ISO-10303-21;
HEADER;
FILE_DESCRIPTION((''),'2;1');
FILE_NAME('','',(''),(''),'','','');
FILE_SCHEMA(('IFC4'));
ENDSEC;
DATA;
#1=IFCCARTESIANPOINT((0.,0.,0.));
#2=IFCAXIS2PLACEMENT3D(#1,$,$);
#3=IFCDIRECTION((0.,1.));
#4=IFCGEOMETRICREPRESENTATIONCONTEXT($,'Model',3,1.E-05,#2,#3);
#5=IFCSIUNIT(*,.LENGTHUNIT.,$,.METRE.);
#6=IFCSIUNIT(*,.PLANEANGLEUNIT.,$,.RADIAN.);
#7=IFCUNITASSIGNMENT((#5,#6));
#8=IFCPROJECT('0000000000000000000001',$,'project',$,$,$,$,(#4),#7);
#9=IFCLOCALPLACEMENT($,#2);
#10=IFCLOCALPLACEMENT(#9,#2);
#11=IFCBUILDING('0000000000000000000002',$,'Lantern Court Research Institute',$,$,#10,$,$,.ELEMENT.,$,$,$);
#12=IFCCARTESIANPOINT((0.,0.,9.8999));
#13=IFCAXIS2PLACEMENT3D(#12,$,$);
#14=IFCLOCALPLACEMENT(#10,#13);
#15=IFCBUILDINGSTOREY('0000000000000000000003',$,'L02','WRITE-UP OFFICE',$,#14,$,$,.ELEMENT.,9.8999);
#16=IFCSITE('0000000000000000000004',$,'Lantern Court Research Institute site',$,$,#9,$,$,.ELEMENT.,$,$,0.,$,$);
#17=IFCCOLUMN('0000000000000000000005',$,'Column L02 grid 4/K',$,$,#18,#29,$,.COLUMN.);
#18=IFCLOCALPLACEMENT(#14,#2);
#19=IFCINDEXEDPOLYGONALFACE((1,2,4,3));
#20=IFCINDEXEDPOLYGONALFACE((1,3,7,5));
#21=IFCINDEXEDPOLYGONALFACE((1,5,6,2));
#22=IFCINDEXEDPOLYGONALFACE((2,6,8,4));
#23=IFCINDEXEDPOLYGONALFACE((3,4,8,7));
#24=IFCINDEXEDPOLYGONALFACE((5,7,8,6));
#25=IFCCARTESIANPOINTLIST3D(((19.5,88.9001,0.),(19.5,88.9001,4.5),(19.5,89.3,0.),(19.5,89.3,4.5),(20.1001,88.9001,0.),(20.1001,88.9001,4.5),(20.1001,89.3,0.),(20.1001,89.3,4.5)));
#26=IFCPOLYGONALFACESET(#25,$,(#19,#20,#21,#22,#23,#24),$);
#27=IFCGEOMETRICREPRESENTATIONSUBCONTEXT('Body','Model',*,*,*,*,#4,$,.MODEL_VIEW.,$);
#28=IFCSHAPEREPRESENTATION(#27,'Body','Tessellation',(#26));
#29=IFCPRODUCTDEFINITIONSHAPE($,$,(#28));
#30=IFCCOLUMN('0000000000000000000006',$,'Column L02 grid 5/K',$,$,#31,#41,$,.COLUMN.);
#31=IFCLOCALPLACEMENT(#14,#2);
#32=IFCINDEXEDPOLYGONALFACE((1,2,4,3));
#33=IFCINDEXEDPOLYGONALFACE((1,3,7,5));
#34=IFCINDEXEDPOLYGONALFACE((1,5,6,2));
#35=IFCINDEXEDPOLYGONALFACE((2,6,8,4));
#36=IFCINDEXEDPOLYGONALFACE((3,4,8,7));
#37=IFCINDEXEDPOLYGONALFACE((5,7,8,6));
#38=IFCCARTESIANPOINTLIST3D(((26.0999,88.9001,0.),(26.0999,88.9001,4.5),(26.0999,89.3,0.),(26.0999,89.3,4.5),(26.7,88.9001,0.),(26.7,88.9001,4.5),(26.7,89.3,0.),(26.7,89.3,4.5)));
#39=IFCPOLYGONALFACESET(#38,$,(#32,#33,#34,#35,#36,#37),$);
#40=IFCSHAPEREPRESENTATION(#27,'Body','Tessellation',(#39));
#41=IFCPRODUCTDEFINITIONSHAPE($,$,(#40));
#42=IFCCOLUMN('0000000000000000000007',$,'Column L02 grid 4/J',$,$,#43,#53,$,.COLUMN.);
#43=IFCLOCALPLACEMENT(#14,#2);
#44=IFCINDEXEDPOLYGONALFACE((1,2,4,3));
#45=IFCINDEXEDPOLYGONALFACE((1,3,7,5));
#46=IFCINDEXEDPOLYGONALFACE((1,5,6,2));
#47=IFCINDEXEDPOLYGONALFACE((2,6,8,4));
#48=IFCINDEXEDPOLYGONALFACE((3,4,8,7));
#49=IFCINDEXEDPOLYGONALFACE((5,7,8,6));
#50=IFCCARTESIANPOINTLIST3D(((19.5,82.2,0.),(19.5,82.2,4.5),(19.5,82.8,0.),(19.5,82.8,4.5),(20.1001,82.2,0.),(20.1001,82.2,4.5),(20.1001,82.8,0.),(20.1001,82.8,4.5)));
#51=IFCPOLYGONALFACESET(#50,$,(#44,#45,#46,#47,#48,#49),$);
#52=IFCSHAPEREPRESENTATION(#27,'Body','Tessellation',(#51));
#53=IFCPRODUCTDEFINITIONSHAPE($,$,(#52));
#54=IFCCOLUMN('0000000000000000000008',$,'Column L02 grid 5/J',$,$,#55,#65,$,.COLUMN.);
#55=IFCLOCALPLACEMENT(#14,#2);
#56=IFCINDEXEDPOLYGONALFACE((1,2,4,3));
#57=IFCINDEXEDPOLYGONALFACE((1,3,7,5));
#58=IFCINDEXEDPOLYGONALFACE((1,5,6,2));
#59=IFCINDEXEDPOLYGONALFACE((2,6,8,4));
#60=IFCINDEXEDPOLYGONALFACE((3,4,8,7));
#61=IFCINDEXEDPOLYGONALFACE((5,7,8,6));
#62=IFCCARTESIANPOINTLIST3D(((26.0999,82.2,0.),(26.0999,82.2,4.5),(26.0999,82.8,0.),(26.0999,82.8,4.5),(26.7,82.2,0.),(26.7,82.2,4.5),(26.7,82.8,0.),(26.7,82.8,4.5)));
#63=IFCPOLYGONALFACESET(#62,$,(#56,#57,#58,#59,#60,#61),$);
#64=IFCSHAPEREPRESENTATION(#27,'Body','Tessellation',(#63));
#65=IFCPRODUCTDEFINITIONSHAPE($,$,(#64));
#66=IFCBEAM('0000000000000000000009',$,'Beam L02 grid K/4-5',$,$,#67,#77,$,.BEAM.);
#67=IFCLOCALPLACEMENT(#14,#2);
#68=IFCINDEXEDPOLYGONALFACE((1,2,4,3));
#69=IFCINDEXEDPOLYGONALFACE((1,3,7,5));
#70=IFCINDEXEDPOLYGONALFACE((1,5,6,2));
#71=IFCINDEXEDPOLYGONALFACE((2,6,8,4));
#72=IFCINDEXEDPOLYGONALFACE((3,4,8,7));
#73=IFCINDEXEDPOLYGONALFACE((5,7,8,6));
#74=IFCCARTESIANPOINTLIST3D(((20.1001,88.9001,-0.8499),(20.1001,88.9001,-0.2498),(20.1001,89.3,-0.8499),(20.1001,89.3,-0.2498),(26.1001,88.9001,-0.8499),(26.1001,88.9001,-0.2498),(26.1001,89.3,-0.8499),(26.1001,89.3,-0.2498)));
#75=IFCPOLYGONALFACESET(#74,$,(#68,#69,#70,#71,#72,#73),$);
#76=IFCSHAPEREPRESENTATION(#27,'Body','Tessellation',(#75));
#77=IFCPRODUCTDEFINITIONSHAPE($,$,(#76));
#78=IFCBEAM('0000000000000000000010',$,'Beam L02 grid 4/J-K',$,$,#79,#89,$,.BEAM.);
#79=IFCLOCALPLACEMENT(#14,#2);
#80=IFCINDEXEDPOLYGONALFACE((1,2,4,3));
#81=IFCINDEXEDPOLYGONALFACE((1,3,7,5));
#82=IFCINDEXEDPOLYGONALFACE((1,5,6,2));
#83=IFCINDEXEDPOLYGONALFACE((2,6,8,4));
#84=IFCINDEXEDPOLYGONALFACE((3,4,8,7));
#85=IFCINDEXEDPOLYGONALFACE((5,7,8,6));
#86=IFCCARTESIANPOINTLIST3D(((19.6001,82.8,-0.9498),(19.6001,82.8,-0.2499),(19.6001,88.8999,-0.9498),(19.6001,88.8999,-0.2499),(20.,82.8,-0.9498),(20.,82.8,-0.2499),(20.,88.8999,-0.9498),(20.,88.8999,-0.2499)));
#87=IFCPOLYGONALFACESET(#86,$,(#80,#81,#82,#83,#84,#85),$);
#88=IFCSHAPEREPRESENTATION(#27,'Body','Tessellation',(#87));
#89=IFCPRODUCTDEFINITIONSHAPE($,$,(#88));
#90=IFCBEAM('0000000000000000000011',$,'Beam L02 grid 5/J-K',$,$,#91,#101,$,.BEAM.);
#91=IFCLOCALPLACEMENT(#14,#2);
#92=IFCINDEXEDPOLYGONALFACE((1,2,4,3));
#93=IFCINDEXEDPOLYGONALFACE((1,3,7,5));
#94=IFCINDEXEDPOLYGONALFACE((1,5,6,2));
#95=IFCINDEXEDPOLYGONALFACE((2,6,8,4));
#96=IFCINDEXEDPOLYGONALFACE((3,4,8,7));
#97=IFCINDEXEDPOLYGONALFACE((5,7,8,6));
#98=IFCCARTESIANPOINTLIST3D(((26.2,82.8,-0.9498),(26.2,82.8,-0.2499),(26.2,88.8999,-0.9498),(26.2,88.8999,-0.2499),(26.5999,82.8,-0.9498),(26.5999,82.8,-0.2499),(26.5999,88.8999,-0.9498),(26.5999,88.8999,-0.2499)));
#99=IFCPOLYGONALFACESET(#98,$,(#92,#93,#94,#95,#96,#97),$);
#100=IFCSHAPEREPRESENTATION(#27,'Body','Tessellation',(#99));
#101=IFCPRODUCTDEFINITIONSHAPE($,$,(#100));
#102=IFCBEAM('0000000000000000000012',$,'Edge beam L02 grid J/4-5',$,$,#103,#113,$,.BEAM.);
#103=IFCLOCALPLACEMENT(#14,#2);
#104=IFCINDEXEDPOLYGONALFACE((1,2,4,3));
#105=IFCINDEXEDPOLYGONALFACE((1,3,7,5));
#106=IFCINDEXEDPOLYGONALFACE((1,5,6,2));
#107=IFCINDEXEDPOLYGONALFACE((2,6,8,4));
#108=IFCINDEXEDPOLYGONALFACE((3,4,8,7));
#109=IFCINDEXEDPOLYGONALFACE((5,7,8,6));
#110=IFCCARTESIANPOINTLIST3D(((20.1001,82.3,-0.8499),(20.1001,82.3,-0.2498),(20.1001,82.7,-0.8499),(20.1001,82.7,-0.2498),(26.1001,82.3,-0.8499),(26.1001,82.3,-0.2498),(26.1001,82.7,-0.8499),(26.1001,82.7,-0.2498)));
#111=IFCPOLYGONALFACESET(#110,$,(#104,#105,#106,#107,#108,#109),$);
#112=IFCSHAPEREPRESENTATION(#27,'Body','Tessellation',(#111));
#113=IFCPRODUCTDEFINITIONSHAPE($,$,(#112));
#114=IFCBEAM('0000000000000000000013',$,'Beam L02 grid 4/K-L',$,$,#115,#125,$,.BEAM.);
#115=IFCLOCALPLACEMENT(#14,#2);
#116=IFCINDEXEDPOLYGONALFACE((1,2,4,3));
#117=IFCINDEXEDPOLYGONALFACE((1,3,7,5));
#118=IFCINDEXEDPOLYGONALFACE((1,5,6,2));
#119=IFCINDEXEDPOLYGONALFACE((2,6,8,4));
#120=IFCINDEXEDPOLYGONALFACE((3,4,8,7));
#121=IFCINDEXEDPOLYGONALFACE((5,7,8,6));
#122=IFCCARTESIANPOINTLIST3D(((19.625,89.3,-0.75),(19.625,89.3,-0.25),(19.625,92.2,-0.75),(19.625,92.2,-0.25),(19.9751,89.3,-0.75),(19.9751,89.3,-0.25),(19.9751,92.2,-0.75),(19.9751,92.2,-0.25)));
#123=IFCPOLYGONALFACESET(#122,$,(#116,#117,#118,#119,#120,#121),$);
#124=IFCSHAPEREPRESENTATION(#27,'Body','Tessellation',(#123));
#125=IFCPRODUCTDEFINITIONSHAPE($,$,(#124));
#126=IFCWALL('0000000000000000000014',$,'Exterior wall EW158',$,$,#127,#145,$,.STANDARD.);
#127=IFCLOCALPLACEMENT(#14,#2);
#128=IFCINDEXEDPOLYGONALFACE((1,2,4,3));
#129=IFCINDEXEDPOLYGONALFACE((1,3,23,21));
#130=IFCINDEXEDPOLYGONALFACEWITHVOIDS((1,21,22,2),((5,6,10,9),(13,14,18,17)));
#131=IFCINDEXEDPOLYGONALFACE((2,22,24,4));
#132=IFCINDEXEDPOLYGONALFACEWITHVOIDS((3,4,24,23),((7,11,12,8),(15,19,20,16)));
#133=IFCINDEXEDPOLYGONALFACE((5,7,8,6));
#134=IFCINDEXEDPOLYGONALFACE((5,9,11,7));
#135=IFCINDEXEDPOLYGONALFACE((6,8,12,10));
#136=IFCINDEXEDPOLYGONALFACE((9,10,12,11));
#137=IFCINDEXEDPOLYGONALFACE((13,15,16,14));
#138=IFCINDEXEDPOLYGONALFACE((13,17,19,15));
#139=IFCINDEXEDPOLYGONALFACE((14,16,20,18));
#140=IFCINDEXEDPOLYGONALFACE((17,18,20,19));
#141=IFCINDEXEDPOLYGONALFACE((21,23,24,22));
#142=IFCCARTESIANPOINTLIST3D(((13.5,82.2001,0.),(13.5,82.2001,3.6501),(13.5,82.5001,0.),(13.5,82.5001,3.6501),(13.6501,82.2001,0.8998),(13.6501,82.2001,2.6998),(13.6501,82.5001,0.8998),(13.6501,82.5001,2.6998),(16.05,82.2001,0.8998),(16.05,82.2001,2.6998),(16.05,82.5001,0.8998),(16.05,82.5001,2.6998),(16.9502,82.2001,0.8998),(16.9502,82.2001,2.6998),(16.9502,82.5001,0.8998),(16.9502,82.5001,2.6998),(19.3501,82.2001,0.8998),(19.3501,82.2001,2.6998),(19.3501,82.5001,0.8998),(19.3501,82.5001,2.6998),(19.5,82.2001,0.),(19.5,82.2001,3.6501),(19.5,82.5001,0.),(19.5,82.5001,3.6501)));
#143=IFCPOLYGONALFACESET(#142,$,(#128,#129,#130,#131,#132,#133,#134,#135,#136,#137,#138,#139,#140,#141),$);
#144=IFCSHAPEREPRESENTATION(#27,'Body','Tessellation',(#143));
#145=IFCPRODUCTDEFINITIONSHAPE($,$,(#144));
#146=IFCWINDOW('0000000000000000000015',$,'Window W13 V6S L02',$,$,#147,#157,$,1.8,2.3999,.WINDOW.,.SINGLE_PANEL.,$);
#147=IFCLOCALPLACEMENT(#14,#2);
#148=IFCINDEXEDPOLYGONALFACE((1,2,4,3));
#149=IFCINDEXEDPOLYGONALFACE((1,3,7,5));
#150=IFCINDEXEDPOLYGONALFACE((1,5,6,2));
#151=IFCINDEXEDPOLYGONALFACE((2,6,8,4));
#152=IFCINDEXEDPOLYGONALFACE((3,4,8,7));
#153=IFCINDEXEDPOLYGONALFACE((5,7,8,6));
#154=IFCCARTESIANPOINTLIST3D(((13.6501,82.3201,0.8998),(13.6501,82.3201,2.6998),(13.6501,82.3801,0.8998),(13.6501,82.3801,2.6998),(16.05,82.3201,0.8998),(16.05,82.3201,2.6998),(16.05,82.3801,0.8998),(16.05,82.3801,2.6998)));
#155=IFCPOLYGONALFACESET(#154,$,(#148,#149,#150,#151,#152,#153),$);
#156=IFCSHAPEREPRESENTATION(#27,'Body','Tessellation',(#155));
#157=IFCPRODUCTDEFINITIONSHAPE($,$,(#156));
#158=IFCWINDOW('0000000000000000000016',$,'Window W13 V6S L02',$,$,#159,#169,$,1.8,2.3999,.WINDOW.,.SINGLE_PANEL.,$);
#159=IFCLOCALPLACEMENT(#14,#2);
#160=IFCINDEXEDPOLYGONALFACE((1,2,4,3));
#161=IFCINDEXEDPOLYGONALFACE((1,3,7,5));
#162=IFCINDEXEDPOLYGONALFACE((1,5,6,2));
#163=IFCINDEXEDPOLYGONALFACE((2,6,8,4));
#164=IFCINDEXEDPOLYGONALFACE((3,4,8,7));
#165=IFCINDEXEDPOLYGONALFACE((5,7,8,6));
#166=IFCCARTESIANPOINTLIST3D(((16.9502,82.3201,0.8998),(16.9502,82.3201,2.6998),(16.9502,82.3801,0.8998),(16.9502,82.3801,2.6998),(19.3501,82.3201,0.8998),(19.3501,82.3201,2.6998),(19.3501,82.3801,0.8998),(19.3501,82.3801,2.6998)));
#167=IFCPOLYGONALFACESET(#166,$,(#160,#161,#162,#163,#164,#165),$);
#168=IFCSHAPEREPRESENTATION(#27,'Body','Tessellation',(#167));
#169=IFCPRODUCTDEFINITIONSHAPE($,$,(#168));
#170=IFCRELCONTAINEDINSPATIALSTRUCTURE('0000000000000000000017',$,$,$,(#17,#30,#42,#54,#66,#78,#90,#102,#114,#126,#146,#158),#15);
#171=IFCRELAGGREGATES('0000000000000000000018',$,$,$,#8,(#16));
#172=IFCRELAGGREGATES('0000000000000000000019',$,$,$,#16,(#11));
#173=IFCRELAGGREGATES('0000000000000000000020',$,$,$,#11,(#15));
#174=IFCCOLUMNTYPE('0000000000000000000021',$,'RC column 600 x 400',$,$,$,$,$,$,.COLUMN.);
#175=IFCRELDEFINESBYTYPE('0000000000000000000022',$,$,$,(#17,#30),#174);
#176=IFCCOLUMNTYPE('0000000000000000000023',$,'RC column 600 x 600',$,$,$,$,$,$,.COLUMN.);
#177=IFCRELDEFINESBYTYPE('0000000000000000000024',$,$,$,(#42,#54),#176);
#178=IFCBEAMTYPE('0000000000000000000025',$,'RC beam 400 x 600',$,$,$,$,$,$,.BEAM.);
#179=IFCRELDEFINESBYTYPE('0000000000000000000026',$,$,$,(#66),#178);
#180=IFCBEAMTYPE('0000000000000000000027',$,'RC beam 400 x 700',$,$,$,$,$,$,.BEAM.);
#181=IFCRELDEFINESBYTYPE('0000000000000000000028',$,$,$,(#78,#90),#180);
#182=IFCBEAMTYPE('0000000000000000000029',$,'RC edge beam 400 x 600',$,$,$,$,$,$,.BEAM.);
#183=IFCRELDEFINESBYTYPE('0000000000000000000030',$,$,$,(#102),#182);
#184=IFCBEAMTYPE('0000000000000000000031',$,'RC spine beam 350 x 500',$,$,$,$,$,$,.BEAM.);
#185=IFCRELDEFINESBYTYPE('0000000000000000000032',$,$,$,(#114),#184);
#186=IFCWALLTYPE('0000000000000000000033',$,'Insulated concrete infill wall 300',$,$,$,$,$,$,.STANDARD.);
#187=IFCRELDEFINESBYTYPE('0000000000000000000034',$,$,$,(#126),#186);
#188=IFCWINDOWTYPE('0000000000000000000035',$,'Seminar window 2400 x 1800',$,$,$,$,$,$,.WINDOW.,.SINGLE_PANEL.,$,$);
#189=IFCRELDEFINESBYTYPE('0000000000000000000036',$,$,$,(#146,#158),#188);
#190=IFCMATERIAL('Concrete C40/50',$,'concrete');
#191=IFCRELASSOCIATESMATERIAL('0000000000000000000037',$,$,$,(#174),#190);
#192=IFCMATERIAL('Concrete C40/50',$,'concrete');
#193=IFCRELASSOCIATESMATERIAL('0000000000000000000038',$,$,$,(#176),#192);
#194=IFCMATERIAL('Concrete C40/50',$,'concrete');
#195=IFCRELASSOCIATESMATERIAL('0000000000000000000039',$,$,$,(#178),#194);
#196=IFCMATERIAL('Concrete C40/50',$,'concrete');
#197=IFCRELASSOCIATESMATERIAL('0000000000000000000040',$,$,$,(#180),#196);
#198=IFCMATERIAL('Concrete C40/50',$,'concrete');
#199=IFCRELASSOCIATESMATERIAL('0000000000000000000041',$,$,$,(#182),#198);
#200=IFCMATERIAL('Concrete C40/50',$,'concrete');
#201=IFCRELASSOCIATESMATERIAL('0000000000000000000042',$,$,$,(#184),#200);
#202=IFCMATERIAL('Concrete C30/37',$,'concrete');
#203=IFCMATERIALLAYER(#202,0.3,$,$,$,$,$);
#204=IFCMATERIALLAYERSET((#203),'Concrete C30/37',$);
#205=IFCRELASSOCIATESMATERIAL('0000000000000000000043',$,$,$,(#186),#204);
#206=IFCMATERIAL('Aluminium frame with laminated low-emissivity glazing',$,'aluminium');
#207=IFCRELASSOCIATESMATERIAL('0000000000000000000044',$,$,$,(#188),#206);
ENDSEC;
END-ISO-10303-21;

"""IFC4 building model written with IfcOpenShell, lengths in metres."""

from ifc_helpers import new_model, si_unit, direction, frame, frame_2d, origin, origin_2d, place, context, subcontext, project, spatial, rectangle, extrude, material, layer, layer_set, material_profile, profile_set, type_object, element, fill, save


model = new_model("IFC4")

# Units and contexts
model_context = context("Model", 3, precision=1e-05, world=origin(), true_north=direction((0.0, 1.0)))
body_context = subcontext(model_context, "Body", "Model", "MODEL_VIEW")
ifc_project = project(units=[si_unit("LENGTHUNIT", "METRE"), si_unit("PLANEANGLEUNIT", "RADIAN")], contexts=[model_context])

# Site, building, storey
site_placement = place(None, origin())
site = spatial("IfcSite", under=ifc_project, at=site_placement, Name="Lantern Court Research Institute site", CompositionType="ELEMENT", RefElevation=0.0)
building_placement = place(site_placement, origin())
building = spatial("IfcBuilding", under=site, at=building_placement, Name="Lantern Court Research Institute", CompositionType="ELEMENT")
storey_placement = place(building_placement, frame((0.0, 0.0, 9.8999)))
storey = spatial("IfcBuildingStorey", under=building, at=storey_placement, Name="L02", Description="WRITE-UP OFFICE", CompositionType="ELEMENT", Elevation=9.8999)

# Columns
ifc_material_1 = material(Name="Concrete C40/50", Category="concrete")
ifc_material_profile_1 = material_profile(ifc_material_1, rectangle(XDim=0.6001, YDim=0.3999, at=origin_2d()), Name="RC column 600 x 400")
ifc_profile_set_1 = profile_set([ifc_material_profile_1], Name="Concrete C40/50")
column_type_1 = type_object("IfcColumnType", Name="RC column 600 x 400", PredefinedType="COLUMN", material=ifc_profile_set_1)
for number, where, z_axis, x_axis, name in (
    (1, (19.8, 89.1001, 0.0), (0.0, 0.0, 1.0), (1.0, 0.0, 0.0), "Column L02 grid 4/K"),
    (2, (26.3999, 89.1001, 0.0), (0.0, 0.0, 1.0), (1.0, 0.0, 0.0), "Column L02 grid 5/K"),
):
    element("IfcColumn", number, at=place(storey_placement, frame(where, z_axis=z_axis, x_axis=x_axis)), inside=storey, type_object=column_type_1, Name=name, PredefinedType="COLUMN", context=body_context, shape_type="SweptSolid", body=[
        extrude(rectangle(XDim=0.6001, YDim=0.3999, at=origin_2d()), origin(), (0.0, 0.0, 1.0), 4.5),
    ])
ifc_material_2 = material(Name="Concrete C40/50", Category="concrete")
ifc_material_profile_2 = material_profile(ifc_material_2, rectangle(XDim=0.6001, YDim=0.6001, at=origin_2d()), Name="RC column 600 x 600")
ifc_profile_set_2 = profile_set([ifc_material_profile_2], Name="Concrete C40/50")
column_type_2 = type_object("IfcColumnType", Name="RC column 600 x 600", PredefinedType="COLUMN", material=ifc_profile_set_2)
for number, where, z_axis, x_axis, name in (
    (3, (19.8, 82.5, 0.0), (0.0, 0.0, 1.0), (1.0, 0.0, 0.0), "Column L02 grid 4/J"),
    (4, (26.3999, 82.5, 0.0), (0.0, 0.0, 1.0), (1.0, 0.0, 0.0), "Column L02 grid 5/J"),
):
    element("IfcColumn", number, at=place(storey_placement, frame(where, z_axis=z_axis, x_axis=x_axis)), inside=storey, type_object=column_type_2, Name=name, PredefinedType="COLUMN", context=body_context, shape_type="SweptSolid", body=[
        extrude(rectangle(XDim=0.6001, YDim=0.6001, at=origin_2d()), origin(), (0.0, 0.0, 1.0), 4.5),
    ])

# Beams
ifc_material_3 = material(Name="Concrete C40/50", Category="concrete")
ifc_material_profile_3 = material_profile(ifc_material_3, rectangle(XDim=0.3999, YDim=0.6001, at=origin_2d()), Name="RC beam 400 x 600")
ifc_profile_set_3 = profile_set([ifc_material_profile_3], Name="Concrete C40/50")
beam_type_1 = type_object("IfcBeamType", Name="RC beam 400 x 600", PredefinedType="BEAM", material=ifc_profile_set_3)
beam_1_placement = place(storey_placement, frame((20.1001, 89.1001, -0.5498), z_axis=(1.0, 0.0, 0.0), x_axis=(0.0, 1.0, 0.0)))
element("IfcBeam", 5, at=beam_1_placement, inside=storey, type_object=beam_type_1, Name="Beam L02 grid K/4-5", PredefinedType="BEAM", context=body_context, shape_type="SweptSolid", body=[
    extrude(rectangle(XDim=0.3999, YDim=0.6001, at=origin_2d()), origin(), (0.0, 0.0, 1.0), 6.0),
])
ifc_material_4 = material(Name="Concrete C40/50", Category="concrete")
ifc_material_profile_4 = material_profile(ifc_material_4, rectangle(XDim=0.3999, YDim=0.7, at=origin_2d()), Name="RC beam 400 x 700")
ifc_profile_set_4 = profile_set([ifc_material_profile_4], Name="Concrete C40/50")
beam_type_2 = type_object("IfcBeamType", Name="RC beam 400 x 700", PredefinedType="BEAM", material=ifc_profile_set_4)
for number, where, z_axis, x_axis, name in (
    (6, (19.8, 82.8, -0.5999), (0.0, 1.0, 0.0), (-1.0, 0.0, 0.0), "Beam L02 grid 4/J-K"),
    (7, (26.3999, 82.8, -0.5999), (0.0, 1.0, 0.0), (-1.0, 0.0, 0.0), "Beam L02 grid 5/J-K"),
):
    element("IfcBeam", number, at=place(storey_placement, frame(where, z_axis=z_axis, x_axis=x_axis)), inside=storey, type_object=beam_type_2, Name=name, PredefinedType="BEAM", context=body_context, shape_type="SweptSolid", body=[
        extrude(rectangle(XDim=0.3999, YDim=0.7, at=origin_2d()), origin(), (0.0, 0.0, 1.0), 6.0999),
    ])
ifc_material_5 = material(Name="Concrete C40/50", Category="concrete")
ifc_material_profile_5 = material_profile(ifc_material_5, rectangle(XDim=0.3999, YDim=0.6001, at=origin_2d()), Name="RC beam 400 x 600")
ifc_profile_set_5 = profile_set([ifc_material_profile_5], Name="Concrete C40/50")
beam_type_3 = type_object("IfcBeamType", Name="RC edge beam 400 x 600", PredefinedType="BEAM", material=ifc_profile_set_5)
beam_2_placement = place(storey_placement, frame((20.1001, 82.5, -0.5498), z_axis=(1.0, 0.0, 0.0), x_axis=(0.0, 1.0, 0.0)))
element("IfcBeam", 8, at=beam_2_placement, inside=storey, type_object=beam_type_3, Name="Edge beam L02 grid J/4-5", PredefinedType="BEAM", context=body_context, shape_type="SweptSolid", body=[
    extrude(rectangle(XDim=0.3999, YDim=0.6001, at=origin_2d()), origin(), (0.0, 0.0, 1.0), 6.0),
])
ifc_material_6 = material(Name="Concrete C40/50", Category="concrete")
ifc_material_profile_6 = material_profile(ifc_material_6, rectangle(XDim=0.3501, YDim=0.5, at=origin_2d()), Name="RC beam 350 x 500")
ifc_profile_set_6 = profile_set([ifc_material_profile_6], Name="Concrete C40/50")
beam_type_4 = type_object("IfcBeamType", Name="RC spine beam 350 x 500", PredefinedType="BEAM", material=ifc_profile_set_6)
beam_3_placement = place(storey_placement, frame((19.8, 89.3, -0.5), z_axis=(0.0, 1.0, 0.0), x_axis=(-1.0, 0.0, 0.0)))
element("IfcBeam", 9, at=beam_3_placement, inside=storey, type_object=beam_type_4, Name="Beam L02 grid 4/K-L", PredefinedType="BEAM", context=body_context, shape_type="SweptSolid", body=[
    extrude(rectangle(XDim=0.3501, YDim=0.5, at=origin_2d()), origin(), (0.0, 0.0, 1.0), 2.8999),
])

# Wall, openings, windows
ifc_material_7 = material(Name="Concrete C30/37", Category="concrete")
ifc_layer_1 = layer(ifc_material_7, 0.3)
ifc_layer_set_1 = layer_set([ifc_layer_1], Name="Concrete C30/37")
wall_type_1 = type_object("IfcWallType", Name="Insulated concrete infill wall 300", PredefinedType="STANDARD", material=ifc_layer_set_1)
wall_1_placement = place(storey_placement, frame((19.5, 82.3501, 0.0), z_axis=(0.0, 0.0, 1.0), x_axis=(-1.0, 0.0, 0.0)))
wall_1 = element("IfcWall", 10, at=wall_1_placement, inside=storey, type_object=wall_type_1, Name="Exterior wall EW158", PredefinedType="STANDARD", context=body_context, shape_type="SweptSolid", body=[
    extrude(rectangle(XDim=6.0, YDim=0.3, at=frame_2d((3.0, 0.0))), origin(), (0.0, 0.0, 1.0), 3.6501),
])
opening_1_placement = place(wall_1_placement, frame((3.45, 0.0, 0.8999)))
opening_1 = element("IfcOpeningElement", 11, at=opening_1_placement, cuts=wall_1, PredefinedType="OPENING", context=body_context, shape_type="SweptSolid", body=[
    extrude(rectangle(XDim=2.3999, YDim=1.8, at=frame_2d((1.2, 0.8999))), frame((0.0, 0.1599, 0.0), z_axis=(0.0, -1.0, 0.0), x_axis=(1.0, 0.0, 0.0)), (0.0, 0.0, 1.0), 0.3201),
])
opening_2_placement = place(wall_1_placement, frame((0.1499, 0.0, 0.8999)))
opening_2 = element("IfcOpeningElement", 12, at=opening_2_placement, cuts=wall_1, PredefinedType="OPENING", context=body_context, shape_type="SweptSolid", body=[
    extrude(rectangle(XDim=2.3999, YDim=1.8, at=frame_2d((1.2, 0.8999))), frame((0.0, 0.1599, 0.0), z_axis=(0.0, -1.0, 0.0), x_axis=(1.0, 0.0, 0.0)), (0.0, 0.0, 1.0), 0.3201),
])
ifc_material_8 = material(Name="Aluminium frame with laminated low-emissivity glazing", Category="aluminium")
window_type = type_object("IfcWindowType", Name="Seminar window 2400 x 1800", PartitioningType="SINGLE_PANEL", PredefinedType="WINDOW", material=ifc_material_8)
window_1_placement = place(opening_1_placement, origin())
window_1 = element("IfcWindow", 13, at=window_1_placement, inside=storey, type_object=window_type, Name="Window W13 V6S L02", OverallHeight=1.8, OverallWidth=2.3999, PartitioningType="SINGLE_PANEL", PredefinedType="WINDOW", context=body_context, shape_type="SweptSolid", body=[
    extrude(rectangle(XDim=2.3999, YDim=1.8, at=frame_2d((1.2, 0.8999))), frame((0.0, 0.03, 0.0), z_axis=(0.0, -1.0, 0.0), x_axis=(1.0, 0.0, 0.0)), (0.0, 0.0, 1.0), 0.0601),
])
fill(opening_1, window_1)
window_2_placement = place(opening_2_placement, origin())
window_2 = element("IfcWindow", 14, at=window_2_placement, inside=storey, type_object=window_type, Name="Window W13 V6S L02", OverallHeight=1.8, OverallWidth=2.3999, PartitioningType="SINGLE_PANEL", PredefinedType="WINDOW", context=body_context, shape_type="SweptSolid", body=[
    extrude(rectangle(XDim=2.3999, YDim=1.8, at=frame_2d((1.2, 0.8999))), frame((0.0, 0.03, 0.0), z_axis=(0.0, -1.0, 0.0), x_axis=(1.0, 0.0, 0.0)), (0.0, 0.0, 1.0), 0.0601),
])
fill(opening_2, window_2)

save(model, "model.ifc")
